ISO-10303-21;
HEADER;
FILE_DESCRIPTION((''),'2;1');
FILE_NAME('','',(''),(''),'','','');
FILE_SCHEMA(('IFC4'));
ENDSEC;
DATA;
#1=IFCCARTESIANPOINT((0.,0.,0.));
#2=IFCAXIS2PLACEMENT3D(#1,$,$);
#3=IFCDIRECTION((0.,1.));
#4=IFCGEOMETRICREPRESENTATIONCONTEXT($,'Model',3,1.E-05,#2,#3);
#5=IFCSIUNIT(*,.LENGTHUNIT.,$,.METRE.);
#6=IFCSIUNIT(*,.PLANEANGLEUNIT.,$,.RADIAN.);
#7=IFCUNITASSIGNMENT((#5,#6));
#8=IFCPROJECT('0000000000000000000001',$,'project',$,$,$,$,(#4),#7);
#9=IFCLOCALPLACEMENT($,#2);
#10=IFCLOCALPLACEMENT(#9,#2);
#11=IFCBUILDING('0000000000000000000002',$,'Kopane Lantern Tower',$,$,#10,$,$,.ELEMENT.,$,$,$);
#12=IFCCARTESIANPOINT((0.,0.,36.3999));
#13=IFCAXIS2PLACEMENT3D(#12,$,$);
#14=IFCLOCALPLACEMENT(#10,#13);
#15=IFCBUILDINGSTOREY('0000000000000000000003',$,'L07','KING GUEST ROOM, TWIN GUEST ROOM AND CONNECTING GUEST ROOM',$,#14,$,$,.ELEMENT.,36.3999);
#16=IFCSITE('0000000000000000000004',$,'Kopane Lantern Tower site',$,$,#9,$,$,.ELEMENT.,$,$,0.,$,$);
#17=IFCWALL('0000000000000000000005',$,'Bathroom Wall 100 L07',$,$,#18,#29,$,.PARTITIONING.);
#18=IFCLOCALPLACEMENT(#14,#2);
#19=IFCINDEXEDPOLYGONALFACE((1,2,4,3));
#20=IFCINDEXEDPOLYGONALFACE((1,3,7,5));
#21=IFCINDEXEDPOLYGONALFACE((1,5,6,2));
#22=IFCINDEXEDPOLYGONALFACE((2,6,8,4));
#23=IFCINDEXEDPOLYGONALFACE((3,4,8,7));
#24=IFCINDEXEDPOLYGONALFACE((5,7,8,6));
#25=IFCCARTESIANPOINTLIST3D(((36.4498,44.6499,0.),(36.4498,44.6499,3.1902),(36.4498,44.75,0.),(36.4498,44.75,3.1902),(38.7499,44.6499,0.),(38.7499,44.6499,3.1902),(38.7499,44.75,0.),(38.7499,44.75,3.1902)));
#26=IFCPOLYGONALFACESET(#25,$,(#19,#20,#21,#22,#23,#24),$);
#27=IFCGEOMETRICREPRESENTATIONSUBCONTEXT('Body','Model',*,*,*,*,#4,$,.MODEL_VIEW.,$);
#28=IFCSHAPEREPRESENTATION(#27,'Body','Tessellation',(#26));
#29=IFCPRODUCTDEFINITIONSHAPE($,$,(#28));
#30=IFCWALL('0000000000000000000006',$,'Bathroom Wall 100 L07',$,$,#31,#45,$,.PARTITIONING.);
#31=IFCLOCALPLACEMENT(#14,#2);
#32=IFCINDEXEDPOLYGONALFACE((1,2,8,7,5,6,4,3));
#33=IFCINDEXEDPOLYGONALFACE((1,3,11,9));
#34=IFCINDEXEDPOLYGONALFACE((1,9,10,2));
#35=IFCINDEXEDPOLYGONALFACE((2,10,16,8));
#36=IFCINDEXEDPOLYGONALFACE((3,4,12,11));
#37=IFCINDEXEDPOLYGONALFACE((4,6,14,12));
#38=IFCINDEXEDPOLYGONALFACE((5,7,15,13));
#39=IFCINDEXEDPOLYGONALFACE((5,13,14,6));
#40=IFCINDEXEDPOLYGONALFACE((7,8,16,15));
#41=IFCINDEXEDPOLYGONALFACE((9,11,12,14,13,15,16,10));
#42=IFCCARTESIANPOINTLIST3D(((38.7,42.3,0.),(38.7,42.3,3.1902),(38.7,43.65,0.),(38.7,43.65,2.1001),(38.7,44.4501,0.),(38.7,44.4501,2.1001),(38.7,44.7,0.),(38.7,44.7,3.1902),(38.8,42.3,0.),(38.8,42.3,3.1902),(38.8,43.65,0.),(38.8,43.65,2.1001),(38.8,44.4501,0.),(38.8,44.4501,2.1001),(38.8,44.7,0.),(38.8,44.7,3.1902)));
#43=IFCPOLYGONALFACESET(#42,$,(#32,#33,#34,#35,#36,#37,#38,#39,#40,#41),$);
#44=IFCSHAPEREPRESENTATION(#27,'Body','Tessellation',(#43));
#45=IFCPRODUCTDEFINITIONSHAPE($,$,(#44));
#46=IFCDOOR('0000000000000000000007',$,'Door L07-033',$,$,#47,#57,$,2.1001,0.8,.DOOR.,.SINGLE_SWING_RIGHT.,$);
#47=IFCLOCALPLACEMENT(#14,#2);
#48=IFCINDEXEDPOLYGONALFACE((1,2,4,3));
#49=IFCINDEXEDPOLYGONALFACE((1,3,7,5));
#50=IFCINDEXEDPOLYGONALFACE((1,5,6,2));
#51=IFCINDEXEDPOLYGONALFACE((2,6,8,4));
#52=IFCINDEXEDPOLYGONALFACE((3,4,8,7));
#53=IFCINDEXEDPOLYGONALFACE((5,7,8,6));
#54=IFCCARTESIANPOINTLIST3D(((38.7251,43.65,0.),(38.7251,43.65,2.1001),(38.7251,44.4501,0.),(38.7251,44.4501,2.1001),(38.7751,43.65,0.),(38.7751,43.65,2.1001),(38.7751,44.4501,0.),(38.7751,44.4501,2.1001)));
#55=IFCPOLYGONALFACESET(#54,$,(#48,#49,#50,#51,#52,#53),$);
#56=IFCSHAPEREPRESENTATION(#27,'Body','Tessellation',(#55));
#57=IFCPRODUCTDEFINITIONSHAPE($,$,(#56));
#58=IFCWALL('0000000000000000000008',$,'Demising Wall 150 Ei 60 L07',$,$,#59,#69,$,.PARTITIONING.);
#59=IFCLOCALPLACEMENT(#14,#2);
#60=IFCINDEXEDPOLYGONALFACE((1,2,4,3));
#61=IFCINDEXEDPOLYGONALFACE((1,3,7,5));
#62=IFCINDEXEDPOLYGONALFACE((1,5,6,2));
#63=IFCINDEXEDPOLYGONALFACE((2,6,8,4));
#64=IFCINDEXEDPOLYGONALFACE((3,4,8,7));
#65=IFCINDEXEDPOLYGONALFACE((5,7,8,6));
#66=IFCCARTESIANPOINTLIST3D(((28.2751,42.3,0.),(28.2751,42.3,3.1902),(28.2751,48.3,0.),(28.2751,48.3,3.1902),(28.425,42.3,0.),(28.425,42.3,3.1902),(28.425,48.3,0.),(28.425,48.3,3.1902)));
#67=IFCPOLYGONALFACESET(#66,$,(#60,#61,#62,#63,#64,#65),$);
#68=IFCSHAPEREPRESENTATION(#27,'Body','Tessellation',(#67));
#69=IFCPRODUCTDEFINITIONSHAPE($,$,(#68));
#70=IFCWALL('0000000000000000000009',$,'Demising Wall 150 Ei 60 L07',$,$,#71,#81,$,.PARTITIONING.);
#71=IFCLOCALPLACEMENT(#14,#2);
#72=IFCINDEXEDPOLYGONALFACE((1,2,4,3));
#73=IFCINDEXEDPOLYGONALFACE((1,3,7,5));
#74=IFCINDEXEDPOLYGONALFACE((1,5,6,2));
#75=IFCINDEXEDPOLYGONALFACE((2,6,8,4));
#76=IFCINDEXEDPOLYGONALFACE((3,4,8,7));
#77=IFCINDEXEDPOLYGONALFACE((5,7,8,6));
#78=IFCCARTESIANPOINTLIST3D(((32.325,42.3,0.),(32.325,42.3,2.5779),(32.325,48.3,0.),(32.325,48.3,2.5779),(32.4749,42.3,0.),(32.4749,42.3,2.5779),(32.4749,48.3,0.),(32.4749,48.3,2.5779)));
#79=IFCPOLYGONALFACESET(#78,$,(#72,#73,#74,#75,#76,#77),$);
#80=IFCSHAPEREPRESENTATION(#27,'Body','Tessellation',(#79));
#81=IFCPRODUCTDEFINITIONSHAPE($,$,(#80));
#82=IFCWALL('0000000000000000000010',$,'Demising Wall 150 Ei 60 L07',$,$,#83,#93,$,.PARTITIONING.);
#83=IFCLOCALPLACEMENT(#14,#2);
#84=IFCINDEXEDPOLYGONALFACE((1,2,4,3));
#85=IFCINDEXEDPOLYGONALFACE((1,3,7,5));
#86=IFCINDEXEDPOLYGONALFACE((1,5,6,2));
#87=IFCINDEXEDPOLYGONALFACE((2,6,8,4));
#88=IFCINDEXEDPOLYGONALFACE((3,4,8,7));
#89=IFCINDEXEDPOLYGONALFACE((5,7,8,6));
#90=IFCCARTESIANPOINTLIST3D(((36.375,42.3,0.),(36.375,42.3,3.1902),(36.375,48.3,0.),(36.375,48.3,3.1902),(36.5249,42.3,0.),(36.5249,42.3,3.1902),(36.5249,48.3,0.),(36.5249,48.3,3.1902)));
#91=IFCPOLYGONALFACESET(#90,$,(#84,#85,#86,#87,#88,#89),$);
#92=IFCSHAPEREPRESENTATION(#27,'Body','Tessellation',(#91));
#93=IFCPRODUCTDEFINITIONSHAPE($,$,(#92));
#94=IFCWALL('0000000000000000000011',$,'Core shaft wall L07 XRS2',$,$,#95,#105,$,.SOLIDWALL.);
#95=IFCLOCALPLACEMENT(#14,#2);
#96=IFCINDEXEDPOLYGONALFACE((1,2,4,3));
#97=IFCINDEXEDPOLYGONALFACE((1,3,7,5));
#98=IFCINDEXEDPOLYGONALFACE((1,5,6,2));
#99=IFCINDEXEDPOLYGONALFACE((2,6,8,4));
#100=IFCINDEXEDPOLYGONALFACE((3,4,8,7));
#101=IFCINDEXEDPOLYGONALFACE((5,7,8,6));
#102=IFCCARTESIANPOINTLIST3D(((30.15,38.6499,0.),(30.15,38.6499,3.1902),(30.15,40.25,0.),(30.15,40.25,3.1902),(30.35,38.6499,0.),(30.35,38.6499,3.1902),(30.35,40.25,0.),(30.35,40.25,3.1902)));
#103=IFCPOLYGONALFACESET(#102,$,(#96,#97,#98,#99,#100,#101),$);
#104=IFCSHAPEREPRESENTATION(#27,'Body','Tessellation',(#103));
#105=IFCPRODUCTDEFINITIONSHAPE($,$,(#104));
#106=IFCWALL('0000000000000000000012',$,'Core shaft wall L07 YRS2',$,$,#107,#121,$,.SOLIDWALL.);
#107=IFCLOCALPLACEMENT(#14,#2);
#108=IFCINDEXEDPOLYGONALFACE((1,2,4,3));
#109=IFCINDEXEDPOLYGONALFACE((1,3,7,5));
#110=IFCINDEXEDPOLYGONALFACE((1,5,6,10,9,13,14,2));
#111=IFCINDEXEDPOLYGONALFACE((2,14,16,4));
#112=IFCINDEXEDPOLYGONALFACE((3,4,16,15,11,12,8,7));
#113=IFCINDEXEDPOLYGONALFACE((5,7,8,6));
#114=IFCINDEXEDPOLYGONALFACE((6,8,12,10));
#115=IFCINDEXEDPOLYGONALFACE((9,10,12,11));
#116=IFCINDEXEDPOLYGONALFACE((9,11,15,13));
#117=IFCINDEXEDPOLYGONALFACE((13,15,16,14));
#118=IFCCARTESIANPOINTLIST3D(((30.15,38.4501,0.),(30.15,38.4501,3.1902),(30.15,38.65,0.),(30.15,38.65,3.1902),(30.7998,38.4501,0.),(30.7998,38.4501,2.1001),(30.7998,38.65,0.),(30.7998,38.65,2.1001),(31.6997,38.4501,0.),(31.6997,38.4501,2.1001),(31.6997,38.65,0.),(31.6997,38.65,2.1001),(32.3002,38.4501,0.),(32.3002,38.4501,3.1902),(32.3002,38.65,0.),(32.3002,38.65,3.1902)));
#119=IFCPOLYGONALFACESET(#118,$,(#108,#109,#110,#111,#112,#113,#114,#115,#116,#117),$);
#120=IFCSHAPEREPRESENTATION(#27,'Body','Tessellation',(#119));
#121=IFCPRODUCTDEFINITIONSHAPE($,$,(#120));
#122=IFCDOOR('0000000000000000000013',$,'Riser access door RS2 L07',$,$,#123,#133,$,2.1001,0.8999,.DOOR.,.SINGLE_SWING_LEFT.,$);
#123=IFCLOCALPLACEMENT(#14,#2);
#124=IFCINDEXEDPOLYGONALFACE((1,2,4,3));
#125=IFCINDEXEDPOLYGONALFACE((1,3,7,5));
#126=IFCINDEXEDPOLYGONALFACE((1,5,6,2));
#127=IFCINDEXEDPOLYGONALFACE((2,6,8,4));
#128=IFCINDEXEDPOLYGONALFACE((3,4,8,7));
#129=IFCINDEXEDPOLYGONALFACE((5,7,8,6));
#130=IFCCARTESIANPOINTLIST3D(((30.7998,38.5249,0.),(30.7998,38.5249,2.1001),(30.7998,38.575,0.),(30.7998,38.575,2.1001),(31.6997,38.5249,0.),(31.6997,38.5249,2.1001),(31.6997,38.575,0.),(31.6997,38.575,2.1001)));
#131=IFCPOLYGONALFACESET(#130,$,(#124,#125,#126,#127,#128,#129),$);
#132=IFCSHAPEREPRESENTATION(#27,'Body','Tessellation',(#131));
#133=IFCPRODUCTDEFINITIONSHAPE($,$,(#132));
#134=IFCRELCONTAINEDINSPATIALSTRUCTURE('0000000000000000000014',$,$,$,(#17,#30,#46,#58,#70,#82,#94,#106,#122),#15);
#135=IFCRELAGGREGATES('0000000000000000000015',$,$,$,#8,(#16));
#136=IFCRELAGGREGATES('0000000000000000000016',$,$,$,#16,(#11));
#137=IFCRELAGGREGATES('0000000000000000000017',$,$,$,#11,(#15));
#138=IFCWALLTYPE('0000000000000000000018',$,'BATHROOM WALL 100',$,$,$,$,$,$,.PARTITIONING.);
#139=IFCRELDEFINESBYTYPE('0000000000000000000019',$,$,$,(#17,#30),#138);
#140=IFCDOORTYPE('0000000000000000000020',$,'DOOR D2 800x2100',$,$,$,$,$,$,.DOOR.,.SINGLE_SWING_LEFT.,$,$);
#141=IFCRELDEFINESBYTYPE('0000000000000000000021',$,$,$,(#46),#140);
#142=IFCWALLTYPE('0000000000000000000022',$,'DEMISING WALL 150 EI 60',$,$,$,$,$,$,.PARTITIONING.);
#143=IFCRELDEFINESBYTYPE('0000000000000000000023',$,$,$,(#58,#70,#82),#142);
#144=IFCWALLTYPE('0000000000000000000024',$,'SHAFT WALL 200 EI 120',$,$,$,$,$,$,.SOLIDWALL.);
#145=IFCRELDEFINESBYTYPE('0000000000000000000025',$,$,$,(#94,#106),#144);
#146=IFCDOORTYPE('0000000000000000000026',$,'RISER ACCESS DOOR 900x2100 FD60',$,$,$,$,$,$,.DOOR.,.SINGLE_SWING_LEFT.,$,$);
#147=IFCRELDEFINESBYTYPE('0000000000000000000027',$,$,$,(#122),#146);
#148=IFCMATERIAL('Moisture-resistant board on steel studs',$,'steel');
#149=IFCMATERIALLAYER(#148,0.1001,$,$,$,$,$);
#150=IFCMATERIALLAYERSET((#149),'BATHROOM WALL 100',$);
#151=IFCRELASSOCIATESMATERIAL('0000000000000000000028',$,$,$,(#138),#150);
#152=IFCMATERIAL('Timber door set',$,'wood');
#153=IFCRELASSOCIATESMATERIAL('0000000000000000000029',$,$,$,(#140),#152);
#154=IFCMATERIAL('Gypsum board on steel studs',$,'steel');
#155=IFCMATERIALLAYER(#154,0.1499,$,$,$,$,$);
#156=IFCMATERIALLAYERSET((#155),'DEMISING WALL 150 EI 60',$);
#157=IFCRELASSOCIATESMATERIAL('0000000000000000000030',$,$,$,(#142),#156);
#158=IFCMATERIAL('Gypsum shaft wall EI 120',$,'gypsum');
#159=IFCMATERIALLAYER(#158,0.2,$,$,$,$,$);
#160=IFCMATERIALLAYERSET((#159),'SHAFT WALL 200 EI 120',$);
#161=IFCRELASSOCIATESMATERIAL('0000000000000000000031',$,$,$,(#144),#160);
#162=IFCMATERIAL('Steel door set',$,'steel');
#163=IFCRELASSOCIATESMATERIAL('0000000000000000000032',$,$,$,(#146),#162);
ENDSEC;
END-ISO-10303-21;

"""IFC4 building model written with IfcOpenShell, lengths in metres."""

from ifc_helpers import new_model, si_unit, direction, frame, frame_2d, origin, place, context, subcontext, project, spatial, rectangle, extrude, material, layer, layer_set, type_object, element, fill, save


model = new_model("IFC4")

# Units and contexts
model_context = context("Model", 3, precision=1e-05, world=origin(), true_north=direction((0.0, 1.0)))
body_context = subcontext(model_context, "Body", "Model", "MODEL_VIEW")
ifc_project = project(units=[si_unit("LENGTHUNIT", "METRE"), si_unit("PLANEANGLEUNIT", "RADIAN")], contexts=[model_context])

# Site, building, storey
site_placement = place(None, origin())
site = spatial("IfcSite", under=ifc_project, at=site_placement, Name="Kopane Lantern Tower site", CompositionType="ELEMENT", RefElevation=0.0)
building_placement = place(site_placement, origin())
building = spatial("IfcBuilding", under=site, at=building_placement, Name="Kopane Lantern Tower", CompositionType="ELEMENT")
storey_placement = place(building_placement, frame((0.0, 0.0, 36.3999)))
storey = spatial("IfcBuildingStorey", under=building, at=storey_placement, Name="L07", Description="KING GUEST ROOM, TWIN GUEST ROOM AND CONNECTING GUEST ROOM", CompositionType="ELEMENT", Elevation=36.3999)

# Shared definitions
ifc_material_1 = material(Name="Moisture-resistant board on steel studs", Category="steel")
ifc_layer_1 = layer(ifc_material_1, 0.1001)
ifc_layer_set_1 = layer_set([ifc_layer_1], Name="BATHROOM WALL 100")
wall_type_1 = type_object("IfcWallType", Name="BATHROOM WALL 100", PredefinedType="PARTITIONING", material=ifc_layer_set_1)
ifc_material_2 = material(Name="Timber door set", Category="wood")
door_type_1 = type_object("IfcDoorType", Name="DOOR D2 800x2100", OperationType="SINGLE_SWING_LEFT", PredefinedType="DOOR", material=ifc_material_2)

# Wall
wall_1_placement = place(storey_placement, frame((36.45, 44.7, 0.0), z_axis=(0.0, 0.0, 1.0), x_axis=(1.0, 0.0, 0.0)))
element("IfcWall", 1, at=wall_1_placement, inside=storey, type_object=wall_type_1, Name="Bathroom Wall 100 L07", PredefinedType="PARTITIONING", context=body_context, shape_type="SweptSolid", body=[
    extrude(rectangle(XDim=2.3, YDim=0.1001, at=frame_2d((1.1499, 0.0))), origin(), (0.0, 0.0, 1.0), 3.1902),
])

# Wall, opening, door
wall_2_placement = place(storey_placement, frame((38.75, 42.3, 0.0), z_axis=(0.0, 0.0, 1.0), x_axis=(0.0, 1.0, 0.0)))
wall_2 = element("IfcWall", 2, at=wall_2_placement, inside=storey, type_object=wall_type_1, Name="Bathroom Wall 100 L07", PredefinedType="PARTITIONING", context=body_context, shape_type="SweptSolid", body=[
    extrude(rectangle(XDim=2.3999, YDim=0.1001, at=frame_2d((1.2, 0.0))), origin(), (0.0, 0.0, 1.0), 3.1902),
])
opening_1_placement = place(wall_2_placement, frame((1.3501, 0.0, 0.0)))
opening_1 = element("IfcOpeningElement", 3, at=opening_1_placement, cuts=wall_2, PredefinedType="OPENING", context=body_context, shape_type="SweptSolid", body=[
    extrude(rectangle(XDim=0.8, YDim=2.1001, at=frame_2d((0.3999, 1.05))), frame((0.0, 0.0601, 0.0), z_axis=(0.0, -1.0, 0.0), x_axis=(1.0, 0.0, 0.0)), (0.0, 0.0, 1.0), 0.1201),
])
door_1_placement = place(opening_1_placement, origin())
door_1 = element("IfcDoor", 4, at=door_1_placement, inside=storey, type_object=door_type_1, Name="Door L07-033", OperationType="SINGLE_SWING_RIGHT", OverallHeight=2.1001, OverallWidth=0.8, PredefinedType="DOOR", context=body_context, shape_type="SweptSolid", body=[
    extrude(rectangle(XDim=0.8, YDim=2.1001, at=frame_2d((0.3999, 1.05))), frame((0.0, 0.0249, 0.0), z_axis=(0.0, -1.0, 0.0), x_axis=(1.0, 0.0, 0.0)), (0.0, 0.0, 1.0), 0.05),
])
fill(opening_1, door_1)

# Walls
ifc_material_3 = material(Name="Gypsum board on steel studs", Category="steel")
ifc_layer_2 = layer(ifc_material_3, 0.1499)
ifc_layer_set_2 = layer_set([ifc_layer_2], Name="DEMISING WALL 150 EI 60")
wall_type_2 = type_object("IfcWallType", Name="DEMISING WALL 150 EI 60", PredefinedType="PARTITIONING", material=ifc_layer_set_2)
wall_3_placement = place(storey_placement, frame((28.3501, 42.3, 0.0), z_axis=(0.0, 0.0, 1.0), x_axis=(0.0, 1.0, 0.0)))
element("IfcWall", 5, at=wall_3_placement, inside=storey, type_object=wall_type_2, Name="Demising Wall 150 Ei 60 L07", PredefinedType="PARTITIONING", context=body_context, shape_type="SweptSolid", body=[
    extrude(rectangle(XDim=6.0, YDim=0.1499, at=frame_2d((3.0, 0.0))), origin(), (0.0, 0.0, 1.0), 3.1902),
])
wall_4_placement = place(storey_placement, frame((32.3999, 42.3, 0.0), z_axis=(0.0, 0.0, 1.0), x_axis=(0.0, 1.0, 0.0)))
element("IfcWall", 6, at=wall_4_placement, inside=storey, type_object=wall_type_2, Name="Demising Wall 150 Ei 60 L07", PredefinedType="PARTITIONING", context=body_context, shape_type="SweptSolid", body=[
    extrude(rectangle(XDim=6.0, YDim=0.1499, at=frame_2d((3.0, 0.0))), origin(), (0.0, 0.0, 1.0), 2.5779),
])
wall_5_placement = place(storey_placement, frame((36.45, 42.3, 0.0), z_axis=(0.0, 0.0, 1.0), x_axis=(0.0, 1.0, 0.0)))
element("IfcWall", 7, at=wall_5_placement, inside=storey, type_object=wall_type_2, Name="Demising Wall 150 Ei 60 L07", PredefinedType="PARTITIONING", context=body_context, shape_type="SweptSolid", body=[
    extrude(rectangle(XDim=6.0, YDim=0.1499, at=frame_2d((3.0, 0.0))), origin(), (0.0, 0.0, 1.0), 3.1902),
])
ifc_material_4 = material(Name="Gypsum shaft wall EI 120", Category="gypsum")
ifc_layer_3 = layer(ifc_material_4, 0.2)
ifc_layer_set_3 = layer_set([ifc_layer_3], Name="SHAFT WALL 200 EI 120")
wall_type_3 = type_object("IfcWallType", Name="SHAFT WALL 200 EI 120", PredefinedType="SOLIDWALL", material=ifc_layer_set_3)
wall_6_placement = place(storey_placement, frame((30.25, 38.6499, 0.0), z_axis=(0.0, 0.0, 1.0), x_axis=(0.0, 1.0, 0.0)))
element("IfcWall", 8, at=wall_6_placement, inside=storey, type_object=wall_type_3, Name="Core shaft wall L07 XRS2", PredefinedType="SOLIDWALL", context=body_context, shape_type="SweptSolid", body=[
    extrude(rectangle(XDim=1.6001, YDim=0.2, at=frame_2d((0.8, 0.0))), origin(), (0.0, 0.0, 1.0), 3.1902),
])

# Wall, opening, door
wall_7_placement = place(storey_placement, frame((30.1499, 38.55, 0.0), z_axis=(0.0, 0.0, 1.0), x_axis=(1.0, 0.0, 0.0)))
wall_7 = element("IfcWall", 9, at=wall_7_placement, inside=storey, type_object=wall_type_3, Name="Core shaft wall L07 YRS2", PredefinedType="SOLIDWALL", context=body_context, shape_type="SweptSolid", body=[
    extrude(rectangle(XDim=2.1501, YDim=0.2, at=frame_2d((1.0752, 0.0))), origin(), (0.0, 0.0, 1.0), 3.1902),
])
opening_2_placement = place(wall_7_placement, frame((0.6499, 0.0, 0.0)))
opening_2 = element("IfcOpeningElement", 10, at=opening_2_placement, cuts=wall_7, PredefinedType="OPENING", context=body_context, shape_type="SweptSolid", body=[
    extrude(rectangle(XDim=0.8999, YDim=2.1001, at=frame_2d((0.45, 1.05))), frame((0.0, 0.1099, 0.0), z_axis=(0.0, -1.0, 0.0), x_axis=(1.0, 0.0, 0.0)), (0.0, 0.0, 1.0), 0.22),
])
ifc_material_5 = material(Name="Steel door set", Category="steel")
door_type_2 = type_object("IfcDoorType", Name="RISER ACCESS DOOR 900x2100 FD60", OperationType="SINGLE_SWING_LEFT", PredefinedType="DOOR", material=ifc_material_5)
door_2_placement = place(opening_2_placement, origin())
door_2 = element("IfcDoor", 11, at=door_2_placement, inside=storey, type_object=door_type_2, Name="Riser access door RS2 L07", OperationType="SINGLE_SWING_LEFT", OverallHeight=2.1001, OverallWidth=0.8999, PredefinedType="DOOR", context=body_context, shape_type="SweptSolid", body=[
    extrude(rectangle(XDim=0.8999, YDim=2.1001, at=frame_2d((0.45, 1.05))), frame((0.0, 0.0249, 0.0), z_axis=(0.0, -1.0, 0.0), x_axis=(1.0, 0.0, 0.0)), (0.0, 0.0, 1.0), 0.05),
])
fill(opening_2, door_2)

save(model, "model.ifc")
